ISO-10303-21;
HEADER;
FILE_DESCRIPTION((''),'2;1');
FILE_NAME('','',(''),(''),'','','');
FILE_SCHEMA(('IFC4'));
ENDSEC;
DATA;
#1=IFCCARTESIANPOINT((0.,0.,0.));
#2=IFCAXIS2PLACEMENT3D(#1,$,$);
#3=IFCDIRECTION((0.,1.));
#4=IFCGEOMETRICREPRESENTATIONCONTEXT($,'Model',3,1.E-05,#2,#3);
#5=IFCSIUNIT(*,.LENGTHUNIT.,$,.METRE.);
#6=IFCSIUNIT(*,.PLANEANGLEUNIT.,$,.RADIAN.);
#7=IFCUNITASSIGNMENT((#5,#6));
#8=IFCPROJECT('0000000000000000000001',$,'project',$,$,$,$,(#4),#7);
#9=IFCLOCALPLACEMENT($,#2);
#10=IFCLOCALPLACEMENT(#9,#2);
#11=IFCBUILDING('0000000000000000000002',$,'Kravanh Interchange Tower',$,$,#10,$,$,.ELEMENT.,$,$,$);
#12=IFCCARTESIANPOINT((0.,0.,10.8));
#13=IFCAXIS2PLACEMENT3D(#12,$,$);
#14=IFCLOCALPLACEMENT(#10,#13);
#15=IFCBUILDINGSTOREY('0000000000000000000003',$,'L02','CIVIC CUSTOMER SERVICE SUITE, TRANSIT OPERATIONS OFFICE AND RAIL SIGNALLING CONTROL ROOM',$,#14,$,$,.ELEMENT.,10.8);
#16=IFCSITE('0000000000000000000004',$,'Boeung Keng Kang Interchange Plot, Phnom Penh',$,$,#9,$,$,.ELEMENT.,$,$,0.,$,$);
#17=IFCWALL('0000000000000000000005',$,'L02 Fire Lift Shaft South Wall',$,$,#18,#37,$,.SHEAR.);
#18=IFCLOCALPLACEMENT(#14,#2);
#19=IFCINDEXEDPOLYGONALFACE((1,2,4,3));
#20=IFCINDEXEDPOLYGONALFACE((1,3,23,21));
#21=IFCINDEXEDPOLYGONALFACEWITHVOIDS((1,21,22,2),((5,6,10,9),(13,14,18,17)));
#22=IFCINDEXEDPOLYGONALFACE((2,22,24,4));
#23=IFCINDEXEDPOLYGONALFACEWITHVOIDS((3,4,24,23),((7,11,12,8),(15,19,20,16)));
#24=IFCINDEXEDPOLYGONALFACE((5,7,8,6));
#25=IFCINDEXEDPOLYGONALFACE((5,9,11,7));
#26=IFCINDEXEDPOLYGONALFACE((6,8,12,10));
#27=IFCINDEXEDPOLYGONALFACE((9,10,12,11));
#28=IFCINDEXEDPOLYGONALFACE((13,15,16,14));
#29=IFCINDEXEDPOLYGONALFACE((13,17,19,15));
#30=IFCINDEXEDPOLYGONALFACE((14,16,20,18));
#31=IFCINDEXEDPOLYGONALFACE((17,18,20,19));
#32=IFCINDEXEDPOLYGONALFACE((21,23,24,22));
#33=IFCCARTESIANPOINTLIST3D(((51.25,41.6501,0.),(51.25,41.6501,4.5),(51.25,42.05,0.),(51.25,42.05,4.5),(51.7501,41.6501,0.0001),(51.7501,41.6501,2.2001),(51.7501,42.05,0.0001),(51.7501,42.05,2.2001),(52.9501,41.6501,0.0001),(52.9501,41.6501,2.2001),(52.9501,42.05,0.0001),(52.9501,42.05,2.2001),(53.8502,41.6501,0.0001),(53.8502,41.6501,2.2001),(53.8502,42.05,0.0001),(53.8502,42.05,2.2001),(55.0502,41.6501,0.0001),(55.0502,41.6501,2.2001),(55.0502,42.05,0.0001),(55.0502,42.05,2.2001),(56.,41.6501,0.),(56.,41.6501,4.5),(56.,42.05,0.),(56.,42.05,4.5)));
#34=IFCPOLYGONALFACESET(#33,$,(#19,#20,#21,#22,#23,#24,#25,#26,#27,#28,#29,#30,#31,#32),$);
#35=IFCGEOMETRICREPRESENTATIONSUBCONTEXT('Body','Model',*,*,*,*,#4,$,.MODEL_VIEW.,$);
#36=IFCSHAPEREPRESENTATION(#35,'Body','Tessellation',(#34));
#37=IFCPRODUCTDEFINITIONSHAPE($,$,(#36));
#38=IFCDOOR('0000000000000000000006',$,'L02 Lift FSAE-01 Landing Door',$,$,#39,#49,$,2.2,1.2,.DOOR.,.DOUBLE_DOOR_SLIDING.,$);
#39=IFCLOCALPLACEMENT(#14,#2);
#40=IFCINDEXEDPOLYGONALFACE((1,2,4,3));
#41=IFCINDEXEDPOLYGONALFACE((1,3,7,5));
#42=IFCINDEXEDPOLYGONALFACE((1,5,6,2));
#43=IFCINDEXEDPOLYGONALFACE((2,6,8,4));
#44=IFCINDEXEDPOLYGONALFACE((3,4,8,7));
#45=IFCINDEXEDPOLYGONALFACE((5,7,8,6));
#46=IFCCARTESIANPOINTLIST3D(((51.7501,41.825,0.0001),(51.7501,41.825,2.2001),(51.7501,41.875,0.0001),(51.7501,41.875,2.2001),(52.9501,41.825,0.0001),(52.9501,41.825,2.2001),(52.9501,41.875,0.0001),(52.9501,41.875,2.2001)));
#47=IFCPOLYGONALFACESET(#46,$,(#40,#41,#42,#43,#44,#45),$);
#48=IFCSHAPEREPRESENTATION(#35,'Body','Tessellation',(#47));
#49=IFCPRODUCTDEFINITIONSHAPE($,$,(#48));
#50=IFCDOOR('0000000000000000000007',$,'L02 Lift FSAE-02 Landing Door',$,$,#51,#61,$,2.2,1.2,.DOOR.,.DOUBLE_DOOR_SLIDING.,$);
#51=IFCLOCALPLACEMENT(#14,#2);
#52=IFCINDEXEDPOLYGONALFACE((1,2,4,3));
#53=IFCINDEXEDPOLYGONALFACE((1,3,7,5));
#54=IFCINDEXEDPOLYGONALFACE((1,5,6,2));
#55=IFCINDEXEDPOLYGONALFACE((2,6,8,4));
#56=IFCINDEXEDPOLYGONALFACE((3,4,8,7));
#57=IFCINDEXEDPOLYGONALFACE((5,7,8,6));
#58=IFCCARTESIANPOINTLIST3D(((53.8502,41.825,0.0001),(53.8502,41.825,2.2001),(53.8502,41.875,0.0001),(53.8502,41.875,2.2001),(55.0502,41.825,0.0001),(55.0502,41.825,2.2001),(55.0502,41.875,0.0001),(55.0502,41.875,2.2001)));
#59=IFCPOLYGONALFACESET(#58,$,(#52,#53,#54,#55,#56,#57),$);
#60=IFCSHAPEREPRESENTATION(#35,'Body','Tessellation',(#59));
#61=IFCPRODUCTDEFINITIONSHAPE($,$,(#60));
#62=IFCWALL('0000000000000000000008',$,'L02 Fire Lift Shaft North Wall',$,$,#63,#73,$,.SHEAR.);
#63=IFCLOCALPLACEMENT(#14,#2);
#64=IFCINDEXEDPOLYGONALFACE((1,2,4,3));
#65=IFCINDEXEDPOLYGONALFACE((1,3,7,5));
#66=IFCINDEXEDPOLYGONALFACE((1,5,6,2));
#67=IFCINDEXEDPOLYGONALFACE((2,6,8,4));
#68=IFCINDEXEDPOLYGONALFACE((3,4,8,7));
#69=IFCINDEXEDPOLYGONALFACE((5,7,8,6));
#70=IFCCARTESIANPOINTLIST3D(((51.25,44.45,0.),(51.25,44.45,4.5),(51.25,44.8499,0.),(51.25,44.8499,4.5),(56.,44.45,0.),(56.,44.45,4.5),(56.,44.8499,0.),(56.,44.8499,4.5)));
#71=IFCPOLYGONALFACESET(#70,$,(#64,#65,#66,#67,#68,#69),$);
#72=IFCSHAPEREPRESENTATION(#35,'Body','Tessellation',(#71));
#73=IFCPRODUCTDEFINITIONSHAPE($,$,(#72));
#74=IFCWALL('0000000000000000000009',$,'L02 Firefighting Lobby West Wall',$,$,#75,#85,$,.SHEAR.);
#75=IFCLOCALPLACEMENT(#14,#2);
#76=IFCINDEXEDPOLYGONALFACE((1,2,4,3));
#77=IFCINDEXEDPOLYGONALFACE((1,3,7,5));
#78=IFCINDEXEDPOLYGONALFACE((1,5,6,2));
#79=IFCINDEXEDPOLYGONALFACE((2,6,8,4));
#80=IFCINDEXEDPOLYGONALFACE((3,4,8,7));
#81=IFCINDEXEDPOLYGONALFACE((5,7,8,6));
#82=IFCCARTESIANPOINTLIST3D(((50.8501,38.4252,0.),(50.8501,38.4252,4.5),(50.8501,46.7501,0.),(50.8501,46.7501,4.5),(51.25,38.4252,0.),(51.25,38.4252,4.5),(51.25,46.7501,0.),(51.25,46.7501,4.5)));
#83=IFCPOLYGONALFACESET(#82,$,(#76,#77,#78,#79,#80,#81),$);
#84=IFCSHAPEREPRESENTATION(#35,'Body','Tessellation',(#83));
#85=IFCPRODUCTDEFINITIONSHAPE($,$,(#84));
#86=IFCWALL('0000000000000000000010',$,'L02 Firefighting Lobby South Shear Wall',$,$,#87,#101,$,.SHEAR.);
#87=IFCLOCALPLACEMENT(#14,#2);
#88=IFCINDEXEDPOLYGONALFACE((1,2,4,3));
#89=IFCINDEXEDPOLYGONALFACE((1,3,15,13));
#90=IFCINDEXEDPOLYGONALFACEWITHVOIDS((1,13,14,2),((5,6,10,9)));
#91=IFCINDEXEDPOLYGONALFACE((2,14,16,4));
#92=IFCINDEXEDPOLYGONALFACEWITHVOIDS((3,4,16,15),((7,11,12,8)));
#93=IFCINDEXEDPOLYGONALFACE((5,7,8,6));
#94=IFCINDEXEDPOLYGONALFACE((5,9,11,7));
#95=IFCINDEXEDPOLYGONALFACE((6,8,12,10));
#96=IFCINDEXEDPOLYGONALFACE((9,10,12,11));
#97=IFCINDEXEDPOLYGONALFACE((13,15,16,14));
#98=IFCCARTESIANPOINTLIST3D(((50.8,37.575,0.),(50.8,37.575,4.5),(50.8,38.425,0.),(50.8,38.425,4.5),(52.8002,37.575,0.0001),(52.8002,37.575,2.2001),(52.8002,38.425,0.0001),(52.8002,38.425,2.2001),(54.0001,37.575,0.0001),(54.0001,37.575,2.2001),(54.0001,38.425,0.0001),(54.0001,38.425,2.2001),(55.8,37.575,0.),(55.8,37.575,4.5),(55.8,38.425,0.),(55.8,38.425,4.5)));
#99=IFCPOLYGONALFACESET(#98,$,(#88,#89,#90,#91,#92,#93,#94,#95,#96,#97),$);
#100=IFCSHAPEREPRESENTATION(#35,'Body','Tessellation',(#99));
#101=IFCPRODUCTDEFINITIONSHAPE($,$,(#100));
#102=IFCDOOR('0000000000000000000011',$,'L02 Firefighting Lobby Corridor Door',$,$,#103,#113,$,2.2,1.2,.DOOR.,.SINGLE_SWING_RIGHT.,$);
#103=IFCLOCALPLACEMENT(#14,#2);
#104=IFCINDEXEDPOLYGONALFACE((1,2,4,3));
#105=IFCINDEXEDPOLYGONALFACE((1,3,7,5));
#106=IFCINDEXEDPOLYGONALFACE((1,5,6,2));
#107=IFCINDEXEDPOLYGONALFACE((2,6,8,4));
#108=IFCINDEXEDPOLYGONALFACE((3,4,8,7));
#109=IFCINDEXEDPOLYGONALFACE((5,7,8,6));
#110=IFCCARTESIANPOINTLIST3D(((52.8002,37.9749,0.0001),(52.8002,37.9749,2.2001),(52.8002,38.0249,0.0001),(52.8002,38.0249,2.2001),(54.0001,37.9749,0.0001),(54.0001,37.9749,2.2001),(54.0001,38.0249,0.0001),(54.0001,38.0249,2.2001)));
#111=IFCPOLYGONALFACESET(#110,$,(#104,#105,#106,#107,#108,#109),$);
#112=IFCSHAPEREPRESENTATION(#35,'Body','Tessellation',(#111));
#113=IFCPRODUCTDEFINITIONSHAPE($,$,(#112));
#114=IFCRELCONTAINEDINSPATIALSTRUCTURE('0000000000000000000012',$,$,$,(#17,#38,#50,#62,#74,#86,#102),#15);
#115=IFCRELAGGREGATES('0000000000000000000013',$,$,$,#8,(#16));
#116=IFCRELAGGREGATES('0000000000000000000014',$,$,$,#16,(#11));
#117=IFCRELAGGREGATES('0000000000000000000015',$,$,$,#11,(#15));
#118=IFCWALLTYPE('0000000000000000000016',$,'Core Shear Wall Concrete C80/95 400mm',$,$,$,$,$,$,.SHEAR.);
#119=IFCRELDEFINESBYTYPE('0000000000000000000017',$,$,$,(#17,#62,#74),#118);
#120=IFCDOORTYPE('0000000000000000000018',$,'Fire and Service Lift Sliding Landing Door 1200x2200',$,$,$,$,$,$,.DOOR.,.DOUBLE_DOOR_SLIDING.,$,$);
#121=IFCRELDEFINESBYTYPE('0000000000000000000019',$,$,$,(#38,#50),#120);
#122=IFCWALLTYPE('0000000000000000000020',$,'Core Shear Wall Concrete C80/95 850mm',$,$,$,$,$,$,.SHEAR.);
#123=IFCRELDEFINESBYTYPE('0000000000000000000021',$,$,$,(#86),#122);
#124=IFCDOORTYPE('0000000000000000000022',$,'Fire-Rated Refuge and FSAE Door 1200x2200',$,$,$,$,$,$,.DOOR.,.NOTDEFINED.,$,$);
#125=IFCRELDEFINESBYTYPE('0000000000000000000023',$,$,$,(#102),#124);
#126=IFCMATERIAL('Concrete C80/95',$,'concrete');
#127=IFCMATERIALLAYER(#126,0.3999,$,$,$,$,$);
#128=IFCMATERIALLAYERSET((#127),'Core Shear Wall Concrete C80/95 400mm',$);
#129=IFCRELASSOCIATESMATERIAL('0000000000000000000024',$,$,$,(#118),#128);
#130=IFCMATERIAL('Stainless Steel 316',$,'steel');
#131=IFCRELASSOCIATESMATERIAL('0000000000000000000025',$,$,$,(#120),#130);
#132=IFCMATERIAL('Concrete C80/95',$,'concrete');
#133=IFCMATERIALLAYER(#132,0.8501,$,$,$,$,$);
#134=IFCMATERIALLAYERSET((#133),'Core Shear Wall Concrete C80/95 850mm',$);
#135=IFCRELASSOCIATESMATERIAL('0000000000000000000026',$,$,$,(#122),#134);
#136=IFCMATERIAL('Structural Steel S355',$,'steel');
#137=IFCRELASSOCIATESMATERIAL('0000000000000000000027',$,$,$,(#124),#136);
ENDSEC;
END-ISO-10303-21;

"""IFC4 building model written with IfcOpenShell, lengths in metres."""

from ifc_helpers import new_model, si_unit, direction, frame, frame_2d, origin, place, context, subcontext, project, spatial, rectangle, extrude, material, layer, layer_set, type_object, element, fill, save


model = new_model("IFC4")

# Units and contexts
model_context = context("Model", 3, precision=1e-05, world=origin(), true_north=direction((0.0, 1.0)))
body_context = subcontext(model_context, "Body", "Model", "MODEL_VIEW")
ifc_project = project(units=[si_unit("LENGTHUNIT", "METRE"), si_unit("PLANEANGLEUNIT", "RADIAN")], contexts=[model_context])

# Site, building, storey
site_placement = place(None, origin())
site = spatial("IfcSite", under=ifc_project, at=site_placement, Name="Boeung Keng Kang Interchange Plot, Phnom Penh", CompositionType="ELEMENT", RefElevation=0.0)
building_placement = place(site_placement, origin())
building = spatial("IfcBuilding", under=site, at=building_placement, Name="Kravanh Interchange Tower", CompositionType="ELEMENT")
storey_placement = place(building_placement, frame((0.0, 0.0, 10.8)))
storey = spatial("IfcBuildingStorey", under=building, at=storey_placement, Name="L02", Description="CIVIC CUSTOMER SERVICE SUITE, TRANSIT OPERATIONS OFFICE AND RAIL SIGNALLING CONTROL ROOM", CompositionType="ELEMENT", Elevation=10.8)

# Wall, openings, doors
ifc_material_1 = material(Name="Concrete C80/95", Category="concrete")
ifc_layer_1 = layer(ifc_material_1, 0.3999)
ifc_layer_set_1 = layer_set([ifc_layer_1], Name="Core Shear Wall Concrete C80/95 400mm")
wall_type_1 = type_object("IfcWallType", Name="Core Shear Wall Concrete C80/95 400mm", PredefinedType="SHEAR", material=ifc_layer_set_1)
wall_1_placement = place(storey_placement, frame((51.25, 41.8501, 0.0), z_axis=(0.0, 0.0, 1.0), x_axis=(1.0, 0.0, 0.0)))
wall_1 = element("IfcWall", 1, at=wall_1_placement, inside=storey, type_object=wall_type_1, Name="L02 Fire Lift Shaft South Wall", PredefinedType="SHEAR", context=body_context, shape_type="SweptSolid", body=[
    extrude(rectangle(XDim=4.75, YDim=0.3999, at=frame_2d((2.375, 0.0))), origin(), (0.0, 0.0, 1.0), 4.5),
])
opening_1_placement = place(wall_1_placement, frame((0.5, 0.0, 0.0)))
opening_1 = element("IfcOpeningElement", 2, at=opening_1_placement, cuts=wall_1, PredefinedType="OPENING", context=body_context, shape_type="SweptSolid", body=[
    extrude(rectangle(XDim=1.2, YDim=2.2, at=frame_2d((0.6001, 1.1001))), frame((0.0, 0.21, 0.0), z_axis=(0.0, -1.0, 0.0), x_axis=(1.0, 0.0, 0.0)), (0.0, 0.0, 1.0), 0.4199),
])
opening_2_placement = place(wall_1_placement, frame((2.6001, 0.0, 0.0)))
opening_2 = element("IfcOpeningElement", 3, at=opening_2_placement, cuts=wall_1, PredefinedType="OPENING", context=body_context, shape_type="SweptSolid", body=[
    extrude(rectangle(XDim=1.2, YDim=2.2, at=frame_2d((0.6001, 1.1001))), frame((0.0, 0.21, 0.0), z_axis=(0.0, -1.0, 0.0), x_axis=(1.0, 0.0, 0.0)), (0.0, 0.0, 1.0), 0.4199),
])
ifc_material_2 = material(Name="Stainless Steel 316", Category="steel")
door_type_1 = type_object("IfcDoorType", Name="Fire and Service Lift Sliding Landing Door 1200x2200", OperationType="DOUBLE_DOOR_SLIDING", PredefinedType="DOOR", material=ifc_material_2)
door_1_placement = place(opening_1_placement, origin())
door_1 = element("IfcDoor", 4, at=door_1_placement, inside=storey, type_object=door_type_1, Name="L02 Lift FSAE-01 Landing Door", OperationType="DOUBLE_DOOR_SLIDING", OverallHeight=2.2, OverallWidth=1.2, PredefinedType="DOOR", context=body_context, shape_type="SweptSolid", body=[
    extrude(rectangle(XDim=1.2, YDim=2.2, at=frame_2d((0.6001, 1.1001))), frame((0.0, 0.0249, 0.0), z_axis=(0.0, -1.0, 0.0), x_axis=(1.0, 0.0, 0.0)), (0.0, 0.0, 1.0), 0.05),
])
fill(opening_1, door_1)
door_2_placement = place(opening_2_placement, origin())
door_2 = element("IfcDoor", 5, at=door_2_placement, inside=storey, type_object=door_type_1, Name="L02 Lift FSAE-02 Landing Door", OperationType="DOUBLE_DOOR_SLIDING", OverallHeight=2.2, OverallWidth=1.2, PredefinedType="DOOR", context=body_context, shape_type="SweptSolid", body=[
    extrude(rectangle(XDim=1.2, YDim=2.2, at=frame_2d((0.6001, 1.1001))), frame((0.0, 0.0249, 0.0), z_axis=(0.0, -1.0, 0.0), x_axis=(1.0, 0.0, 0.0)), (0.0, 0.0, 1.0), 0.05),
])
fill(opening_2, door_2)

# Walls
wall_2_placement = place(storey_placement, frame((51.25, 44.6499, 0.0), z_axis=(0.0, 0.0, 1.0), x_axis=(1.0, 0.0, 0.0)))
element("IfcWall", 6, at=wall_2_placement, inside=storey, type_object=wall_type_1, Name="L02 Fire Lift Shaft North Wall", PredefinedType="SHEAR", context=body_context, shape_type="SweptSolid", body=[
    extrude(rectangle(XDim=4.75, YDim=0.3999, at=frame_2d((2.375, 0.0))), origin(), (0.0, 0.0, 1.0), 4.5),
])
wall_3_placement = place(storey_placement, frame((51.05, 38.425, 0.0), z_axis=(0.0, 0.0, 1.0), x_axis=(0.0, 1.0, 0.0)))
element("IfcWall", 7, at=wall_3_placement, inside=storey, type_object=wall_type_1, Name="L02 Firefighting Lobby West Wall", PredefinedType="SHEAR", context=body_context, shape_type="SweptSolid", body=[
    extrude(rectangle(XDim=8.325, YDim=0.3999, at=frame_2d((4.1626, 0.0))), origin(), (0.0, 0.0, 1.0), 4.5),
])

# Shared definitions
ifc_material_3 = material(Name="Concrete C80/95", Category="concrete")
ifc_layer_2 = layer(ifc_material_3, 0.8501)
ifc_layer_set_2 = layer_set([ifc_layer_2], Name="Core Shear Wall Concrete C80/95 850mm")
wall_type_2 = type_object("IfcWallType", Name="Core Shear Wall Concrete C80/95 850mm", PredefinedType="SHEAR", material=ifc_layer_set_2)

# Wall, opening, door
wall_4_placement = place(storey_placement, frame((50.8, 38.0, 0.0), z_axis=(0.0, 0.0, 1.0), x_axis=(1.0, 0.0, 0.0)))
wall_4 = element("IfcWall", 8, at=wall_4_placement, inside=storey, type_object=wall_type_2, Name="L02 Firefighting Lobby South Shear Wall", PredefinedType="SHEAR", context=body_context, shape_type="SweptSolid", body=[
    extrude(rectangle(XDim=5.0, YDim=0.8501, at=frame_2d((2.5, 0.0))), origin(), (0.0, 0.0, 1.0), 4.5),
])
opening_3_placement = place(wall_4_placement, frame((2.0, 0.0, 0.0)))
opening_3 = element("IfcOpeningElement", 9, at=opening_3_placement, cuts=wall_4, PredefinedType="OPENING", context=body_context, shape_type="SweptSolid", body=[
    extrude(rectangle(XDim=1.2, YDim=2.2, at=frame_2d((0.6001, 1.1001))), frame((0.0, 0.4351, 0.0), z_axis=(0.0, -1.0, 0.0), x_axis=(1.0, 0.0, 0.0)), (0.0, 0.0, 1.0), 0.8701),
])
ifc_material_4 = material(Name="Structural Steel S355", Category="steel")
door_type_2 = type_object("IfcDoorType", Name="Fire-Rated Refuge and FSAE Door 1200x2200", OperationType="NOTDEFINED", PredefinedType="DOOR", material=ifc_material_4)
door_3_placement = place(opening_3_placement, origin())
door_3 = element("IfcDoor", 10, at=door_3_placement, inside=storey, type_object=door_type_2, Name="L02 Firefighting Lobby Corridor Door", OperationType="SINGLE_SWING_RIGHT", OverallHeight=2.2, OverallWidth=1.2, PredefinedType="DOOR", context=body_context, shape_type="SweptSolid", body=[
    extrude(rectangle(XDim=1.2, YDim=2.2, at=frame_2d((0.6001, 1.1001))), frame((0.0, 0.0249, 0.0), z_axis=(0.0, -1.0, 0.0), x_axis=(1.0, 0.0, 0.0)), (0.0, 0.0, 1.0), 0.05),
])
fill(opening_3, door_3)

save(model, "model.ifc")
